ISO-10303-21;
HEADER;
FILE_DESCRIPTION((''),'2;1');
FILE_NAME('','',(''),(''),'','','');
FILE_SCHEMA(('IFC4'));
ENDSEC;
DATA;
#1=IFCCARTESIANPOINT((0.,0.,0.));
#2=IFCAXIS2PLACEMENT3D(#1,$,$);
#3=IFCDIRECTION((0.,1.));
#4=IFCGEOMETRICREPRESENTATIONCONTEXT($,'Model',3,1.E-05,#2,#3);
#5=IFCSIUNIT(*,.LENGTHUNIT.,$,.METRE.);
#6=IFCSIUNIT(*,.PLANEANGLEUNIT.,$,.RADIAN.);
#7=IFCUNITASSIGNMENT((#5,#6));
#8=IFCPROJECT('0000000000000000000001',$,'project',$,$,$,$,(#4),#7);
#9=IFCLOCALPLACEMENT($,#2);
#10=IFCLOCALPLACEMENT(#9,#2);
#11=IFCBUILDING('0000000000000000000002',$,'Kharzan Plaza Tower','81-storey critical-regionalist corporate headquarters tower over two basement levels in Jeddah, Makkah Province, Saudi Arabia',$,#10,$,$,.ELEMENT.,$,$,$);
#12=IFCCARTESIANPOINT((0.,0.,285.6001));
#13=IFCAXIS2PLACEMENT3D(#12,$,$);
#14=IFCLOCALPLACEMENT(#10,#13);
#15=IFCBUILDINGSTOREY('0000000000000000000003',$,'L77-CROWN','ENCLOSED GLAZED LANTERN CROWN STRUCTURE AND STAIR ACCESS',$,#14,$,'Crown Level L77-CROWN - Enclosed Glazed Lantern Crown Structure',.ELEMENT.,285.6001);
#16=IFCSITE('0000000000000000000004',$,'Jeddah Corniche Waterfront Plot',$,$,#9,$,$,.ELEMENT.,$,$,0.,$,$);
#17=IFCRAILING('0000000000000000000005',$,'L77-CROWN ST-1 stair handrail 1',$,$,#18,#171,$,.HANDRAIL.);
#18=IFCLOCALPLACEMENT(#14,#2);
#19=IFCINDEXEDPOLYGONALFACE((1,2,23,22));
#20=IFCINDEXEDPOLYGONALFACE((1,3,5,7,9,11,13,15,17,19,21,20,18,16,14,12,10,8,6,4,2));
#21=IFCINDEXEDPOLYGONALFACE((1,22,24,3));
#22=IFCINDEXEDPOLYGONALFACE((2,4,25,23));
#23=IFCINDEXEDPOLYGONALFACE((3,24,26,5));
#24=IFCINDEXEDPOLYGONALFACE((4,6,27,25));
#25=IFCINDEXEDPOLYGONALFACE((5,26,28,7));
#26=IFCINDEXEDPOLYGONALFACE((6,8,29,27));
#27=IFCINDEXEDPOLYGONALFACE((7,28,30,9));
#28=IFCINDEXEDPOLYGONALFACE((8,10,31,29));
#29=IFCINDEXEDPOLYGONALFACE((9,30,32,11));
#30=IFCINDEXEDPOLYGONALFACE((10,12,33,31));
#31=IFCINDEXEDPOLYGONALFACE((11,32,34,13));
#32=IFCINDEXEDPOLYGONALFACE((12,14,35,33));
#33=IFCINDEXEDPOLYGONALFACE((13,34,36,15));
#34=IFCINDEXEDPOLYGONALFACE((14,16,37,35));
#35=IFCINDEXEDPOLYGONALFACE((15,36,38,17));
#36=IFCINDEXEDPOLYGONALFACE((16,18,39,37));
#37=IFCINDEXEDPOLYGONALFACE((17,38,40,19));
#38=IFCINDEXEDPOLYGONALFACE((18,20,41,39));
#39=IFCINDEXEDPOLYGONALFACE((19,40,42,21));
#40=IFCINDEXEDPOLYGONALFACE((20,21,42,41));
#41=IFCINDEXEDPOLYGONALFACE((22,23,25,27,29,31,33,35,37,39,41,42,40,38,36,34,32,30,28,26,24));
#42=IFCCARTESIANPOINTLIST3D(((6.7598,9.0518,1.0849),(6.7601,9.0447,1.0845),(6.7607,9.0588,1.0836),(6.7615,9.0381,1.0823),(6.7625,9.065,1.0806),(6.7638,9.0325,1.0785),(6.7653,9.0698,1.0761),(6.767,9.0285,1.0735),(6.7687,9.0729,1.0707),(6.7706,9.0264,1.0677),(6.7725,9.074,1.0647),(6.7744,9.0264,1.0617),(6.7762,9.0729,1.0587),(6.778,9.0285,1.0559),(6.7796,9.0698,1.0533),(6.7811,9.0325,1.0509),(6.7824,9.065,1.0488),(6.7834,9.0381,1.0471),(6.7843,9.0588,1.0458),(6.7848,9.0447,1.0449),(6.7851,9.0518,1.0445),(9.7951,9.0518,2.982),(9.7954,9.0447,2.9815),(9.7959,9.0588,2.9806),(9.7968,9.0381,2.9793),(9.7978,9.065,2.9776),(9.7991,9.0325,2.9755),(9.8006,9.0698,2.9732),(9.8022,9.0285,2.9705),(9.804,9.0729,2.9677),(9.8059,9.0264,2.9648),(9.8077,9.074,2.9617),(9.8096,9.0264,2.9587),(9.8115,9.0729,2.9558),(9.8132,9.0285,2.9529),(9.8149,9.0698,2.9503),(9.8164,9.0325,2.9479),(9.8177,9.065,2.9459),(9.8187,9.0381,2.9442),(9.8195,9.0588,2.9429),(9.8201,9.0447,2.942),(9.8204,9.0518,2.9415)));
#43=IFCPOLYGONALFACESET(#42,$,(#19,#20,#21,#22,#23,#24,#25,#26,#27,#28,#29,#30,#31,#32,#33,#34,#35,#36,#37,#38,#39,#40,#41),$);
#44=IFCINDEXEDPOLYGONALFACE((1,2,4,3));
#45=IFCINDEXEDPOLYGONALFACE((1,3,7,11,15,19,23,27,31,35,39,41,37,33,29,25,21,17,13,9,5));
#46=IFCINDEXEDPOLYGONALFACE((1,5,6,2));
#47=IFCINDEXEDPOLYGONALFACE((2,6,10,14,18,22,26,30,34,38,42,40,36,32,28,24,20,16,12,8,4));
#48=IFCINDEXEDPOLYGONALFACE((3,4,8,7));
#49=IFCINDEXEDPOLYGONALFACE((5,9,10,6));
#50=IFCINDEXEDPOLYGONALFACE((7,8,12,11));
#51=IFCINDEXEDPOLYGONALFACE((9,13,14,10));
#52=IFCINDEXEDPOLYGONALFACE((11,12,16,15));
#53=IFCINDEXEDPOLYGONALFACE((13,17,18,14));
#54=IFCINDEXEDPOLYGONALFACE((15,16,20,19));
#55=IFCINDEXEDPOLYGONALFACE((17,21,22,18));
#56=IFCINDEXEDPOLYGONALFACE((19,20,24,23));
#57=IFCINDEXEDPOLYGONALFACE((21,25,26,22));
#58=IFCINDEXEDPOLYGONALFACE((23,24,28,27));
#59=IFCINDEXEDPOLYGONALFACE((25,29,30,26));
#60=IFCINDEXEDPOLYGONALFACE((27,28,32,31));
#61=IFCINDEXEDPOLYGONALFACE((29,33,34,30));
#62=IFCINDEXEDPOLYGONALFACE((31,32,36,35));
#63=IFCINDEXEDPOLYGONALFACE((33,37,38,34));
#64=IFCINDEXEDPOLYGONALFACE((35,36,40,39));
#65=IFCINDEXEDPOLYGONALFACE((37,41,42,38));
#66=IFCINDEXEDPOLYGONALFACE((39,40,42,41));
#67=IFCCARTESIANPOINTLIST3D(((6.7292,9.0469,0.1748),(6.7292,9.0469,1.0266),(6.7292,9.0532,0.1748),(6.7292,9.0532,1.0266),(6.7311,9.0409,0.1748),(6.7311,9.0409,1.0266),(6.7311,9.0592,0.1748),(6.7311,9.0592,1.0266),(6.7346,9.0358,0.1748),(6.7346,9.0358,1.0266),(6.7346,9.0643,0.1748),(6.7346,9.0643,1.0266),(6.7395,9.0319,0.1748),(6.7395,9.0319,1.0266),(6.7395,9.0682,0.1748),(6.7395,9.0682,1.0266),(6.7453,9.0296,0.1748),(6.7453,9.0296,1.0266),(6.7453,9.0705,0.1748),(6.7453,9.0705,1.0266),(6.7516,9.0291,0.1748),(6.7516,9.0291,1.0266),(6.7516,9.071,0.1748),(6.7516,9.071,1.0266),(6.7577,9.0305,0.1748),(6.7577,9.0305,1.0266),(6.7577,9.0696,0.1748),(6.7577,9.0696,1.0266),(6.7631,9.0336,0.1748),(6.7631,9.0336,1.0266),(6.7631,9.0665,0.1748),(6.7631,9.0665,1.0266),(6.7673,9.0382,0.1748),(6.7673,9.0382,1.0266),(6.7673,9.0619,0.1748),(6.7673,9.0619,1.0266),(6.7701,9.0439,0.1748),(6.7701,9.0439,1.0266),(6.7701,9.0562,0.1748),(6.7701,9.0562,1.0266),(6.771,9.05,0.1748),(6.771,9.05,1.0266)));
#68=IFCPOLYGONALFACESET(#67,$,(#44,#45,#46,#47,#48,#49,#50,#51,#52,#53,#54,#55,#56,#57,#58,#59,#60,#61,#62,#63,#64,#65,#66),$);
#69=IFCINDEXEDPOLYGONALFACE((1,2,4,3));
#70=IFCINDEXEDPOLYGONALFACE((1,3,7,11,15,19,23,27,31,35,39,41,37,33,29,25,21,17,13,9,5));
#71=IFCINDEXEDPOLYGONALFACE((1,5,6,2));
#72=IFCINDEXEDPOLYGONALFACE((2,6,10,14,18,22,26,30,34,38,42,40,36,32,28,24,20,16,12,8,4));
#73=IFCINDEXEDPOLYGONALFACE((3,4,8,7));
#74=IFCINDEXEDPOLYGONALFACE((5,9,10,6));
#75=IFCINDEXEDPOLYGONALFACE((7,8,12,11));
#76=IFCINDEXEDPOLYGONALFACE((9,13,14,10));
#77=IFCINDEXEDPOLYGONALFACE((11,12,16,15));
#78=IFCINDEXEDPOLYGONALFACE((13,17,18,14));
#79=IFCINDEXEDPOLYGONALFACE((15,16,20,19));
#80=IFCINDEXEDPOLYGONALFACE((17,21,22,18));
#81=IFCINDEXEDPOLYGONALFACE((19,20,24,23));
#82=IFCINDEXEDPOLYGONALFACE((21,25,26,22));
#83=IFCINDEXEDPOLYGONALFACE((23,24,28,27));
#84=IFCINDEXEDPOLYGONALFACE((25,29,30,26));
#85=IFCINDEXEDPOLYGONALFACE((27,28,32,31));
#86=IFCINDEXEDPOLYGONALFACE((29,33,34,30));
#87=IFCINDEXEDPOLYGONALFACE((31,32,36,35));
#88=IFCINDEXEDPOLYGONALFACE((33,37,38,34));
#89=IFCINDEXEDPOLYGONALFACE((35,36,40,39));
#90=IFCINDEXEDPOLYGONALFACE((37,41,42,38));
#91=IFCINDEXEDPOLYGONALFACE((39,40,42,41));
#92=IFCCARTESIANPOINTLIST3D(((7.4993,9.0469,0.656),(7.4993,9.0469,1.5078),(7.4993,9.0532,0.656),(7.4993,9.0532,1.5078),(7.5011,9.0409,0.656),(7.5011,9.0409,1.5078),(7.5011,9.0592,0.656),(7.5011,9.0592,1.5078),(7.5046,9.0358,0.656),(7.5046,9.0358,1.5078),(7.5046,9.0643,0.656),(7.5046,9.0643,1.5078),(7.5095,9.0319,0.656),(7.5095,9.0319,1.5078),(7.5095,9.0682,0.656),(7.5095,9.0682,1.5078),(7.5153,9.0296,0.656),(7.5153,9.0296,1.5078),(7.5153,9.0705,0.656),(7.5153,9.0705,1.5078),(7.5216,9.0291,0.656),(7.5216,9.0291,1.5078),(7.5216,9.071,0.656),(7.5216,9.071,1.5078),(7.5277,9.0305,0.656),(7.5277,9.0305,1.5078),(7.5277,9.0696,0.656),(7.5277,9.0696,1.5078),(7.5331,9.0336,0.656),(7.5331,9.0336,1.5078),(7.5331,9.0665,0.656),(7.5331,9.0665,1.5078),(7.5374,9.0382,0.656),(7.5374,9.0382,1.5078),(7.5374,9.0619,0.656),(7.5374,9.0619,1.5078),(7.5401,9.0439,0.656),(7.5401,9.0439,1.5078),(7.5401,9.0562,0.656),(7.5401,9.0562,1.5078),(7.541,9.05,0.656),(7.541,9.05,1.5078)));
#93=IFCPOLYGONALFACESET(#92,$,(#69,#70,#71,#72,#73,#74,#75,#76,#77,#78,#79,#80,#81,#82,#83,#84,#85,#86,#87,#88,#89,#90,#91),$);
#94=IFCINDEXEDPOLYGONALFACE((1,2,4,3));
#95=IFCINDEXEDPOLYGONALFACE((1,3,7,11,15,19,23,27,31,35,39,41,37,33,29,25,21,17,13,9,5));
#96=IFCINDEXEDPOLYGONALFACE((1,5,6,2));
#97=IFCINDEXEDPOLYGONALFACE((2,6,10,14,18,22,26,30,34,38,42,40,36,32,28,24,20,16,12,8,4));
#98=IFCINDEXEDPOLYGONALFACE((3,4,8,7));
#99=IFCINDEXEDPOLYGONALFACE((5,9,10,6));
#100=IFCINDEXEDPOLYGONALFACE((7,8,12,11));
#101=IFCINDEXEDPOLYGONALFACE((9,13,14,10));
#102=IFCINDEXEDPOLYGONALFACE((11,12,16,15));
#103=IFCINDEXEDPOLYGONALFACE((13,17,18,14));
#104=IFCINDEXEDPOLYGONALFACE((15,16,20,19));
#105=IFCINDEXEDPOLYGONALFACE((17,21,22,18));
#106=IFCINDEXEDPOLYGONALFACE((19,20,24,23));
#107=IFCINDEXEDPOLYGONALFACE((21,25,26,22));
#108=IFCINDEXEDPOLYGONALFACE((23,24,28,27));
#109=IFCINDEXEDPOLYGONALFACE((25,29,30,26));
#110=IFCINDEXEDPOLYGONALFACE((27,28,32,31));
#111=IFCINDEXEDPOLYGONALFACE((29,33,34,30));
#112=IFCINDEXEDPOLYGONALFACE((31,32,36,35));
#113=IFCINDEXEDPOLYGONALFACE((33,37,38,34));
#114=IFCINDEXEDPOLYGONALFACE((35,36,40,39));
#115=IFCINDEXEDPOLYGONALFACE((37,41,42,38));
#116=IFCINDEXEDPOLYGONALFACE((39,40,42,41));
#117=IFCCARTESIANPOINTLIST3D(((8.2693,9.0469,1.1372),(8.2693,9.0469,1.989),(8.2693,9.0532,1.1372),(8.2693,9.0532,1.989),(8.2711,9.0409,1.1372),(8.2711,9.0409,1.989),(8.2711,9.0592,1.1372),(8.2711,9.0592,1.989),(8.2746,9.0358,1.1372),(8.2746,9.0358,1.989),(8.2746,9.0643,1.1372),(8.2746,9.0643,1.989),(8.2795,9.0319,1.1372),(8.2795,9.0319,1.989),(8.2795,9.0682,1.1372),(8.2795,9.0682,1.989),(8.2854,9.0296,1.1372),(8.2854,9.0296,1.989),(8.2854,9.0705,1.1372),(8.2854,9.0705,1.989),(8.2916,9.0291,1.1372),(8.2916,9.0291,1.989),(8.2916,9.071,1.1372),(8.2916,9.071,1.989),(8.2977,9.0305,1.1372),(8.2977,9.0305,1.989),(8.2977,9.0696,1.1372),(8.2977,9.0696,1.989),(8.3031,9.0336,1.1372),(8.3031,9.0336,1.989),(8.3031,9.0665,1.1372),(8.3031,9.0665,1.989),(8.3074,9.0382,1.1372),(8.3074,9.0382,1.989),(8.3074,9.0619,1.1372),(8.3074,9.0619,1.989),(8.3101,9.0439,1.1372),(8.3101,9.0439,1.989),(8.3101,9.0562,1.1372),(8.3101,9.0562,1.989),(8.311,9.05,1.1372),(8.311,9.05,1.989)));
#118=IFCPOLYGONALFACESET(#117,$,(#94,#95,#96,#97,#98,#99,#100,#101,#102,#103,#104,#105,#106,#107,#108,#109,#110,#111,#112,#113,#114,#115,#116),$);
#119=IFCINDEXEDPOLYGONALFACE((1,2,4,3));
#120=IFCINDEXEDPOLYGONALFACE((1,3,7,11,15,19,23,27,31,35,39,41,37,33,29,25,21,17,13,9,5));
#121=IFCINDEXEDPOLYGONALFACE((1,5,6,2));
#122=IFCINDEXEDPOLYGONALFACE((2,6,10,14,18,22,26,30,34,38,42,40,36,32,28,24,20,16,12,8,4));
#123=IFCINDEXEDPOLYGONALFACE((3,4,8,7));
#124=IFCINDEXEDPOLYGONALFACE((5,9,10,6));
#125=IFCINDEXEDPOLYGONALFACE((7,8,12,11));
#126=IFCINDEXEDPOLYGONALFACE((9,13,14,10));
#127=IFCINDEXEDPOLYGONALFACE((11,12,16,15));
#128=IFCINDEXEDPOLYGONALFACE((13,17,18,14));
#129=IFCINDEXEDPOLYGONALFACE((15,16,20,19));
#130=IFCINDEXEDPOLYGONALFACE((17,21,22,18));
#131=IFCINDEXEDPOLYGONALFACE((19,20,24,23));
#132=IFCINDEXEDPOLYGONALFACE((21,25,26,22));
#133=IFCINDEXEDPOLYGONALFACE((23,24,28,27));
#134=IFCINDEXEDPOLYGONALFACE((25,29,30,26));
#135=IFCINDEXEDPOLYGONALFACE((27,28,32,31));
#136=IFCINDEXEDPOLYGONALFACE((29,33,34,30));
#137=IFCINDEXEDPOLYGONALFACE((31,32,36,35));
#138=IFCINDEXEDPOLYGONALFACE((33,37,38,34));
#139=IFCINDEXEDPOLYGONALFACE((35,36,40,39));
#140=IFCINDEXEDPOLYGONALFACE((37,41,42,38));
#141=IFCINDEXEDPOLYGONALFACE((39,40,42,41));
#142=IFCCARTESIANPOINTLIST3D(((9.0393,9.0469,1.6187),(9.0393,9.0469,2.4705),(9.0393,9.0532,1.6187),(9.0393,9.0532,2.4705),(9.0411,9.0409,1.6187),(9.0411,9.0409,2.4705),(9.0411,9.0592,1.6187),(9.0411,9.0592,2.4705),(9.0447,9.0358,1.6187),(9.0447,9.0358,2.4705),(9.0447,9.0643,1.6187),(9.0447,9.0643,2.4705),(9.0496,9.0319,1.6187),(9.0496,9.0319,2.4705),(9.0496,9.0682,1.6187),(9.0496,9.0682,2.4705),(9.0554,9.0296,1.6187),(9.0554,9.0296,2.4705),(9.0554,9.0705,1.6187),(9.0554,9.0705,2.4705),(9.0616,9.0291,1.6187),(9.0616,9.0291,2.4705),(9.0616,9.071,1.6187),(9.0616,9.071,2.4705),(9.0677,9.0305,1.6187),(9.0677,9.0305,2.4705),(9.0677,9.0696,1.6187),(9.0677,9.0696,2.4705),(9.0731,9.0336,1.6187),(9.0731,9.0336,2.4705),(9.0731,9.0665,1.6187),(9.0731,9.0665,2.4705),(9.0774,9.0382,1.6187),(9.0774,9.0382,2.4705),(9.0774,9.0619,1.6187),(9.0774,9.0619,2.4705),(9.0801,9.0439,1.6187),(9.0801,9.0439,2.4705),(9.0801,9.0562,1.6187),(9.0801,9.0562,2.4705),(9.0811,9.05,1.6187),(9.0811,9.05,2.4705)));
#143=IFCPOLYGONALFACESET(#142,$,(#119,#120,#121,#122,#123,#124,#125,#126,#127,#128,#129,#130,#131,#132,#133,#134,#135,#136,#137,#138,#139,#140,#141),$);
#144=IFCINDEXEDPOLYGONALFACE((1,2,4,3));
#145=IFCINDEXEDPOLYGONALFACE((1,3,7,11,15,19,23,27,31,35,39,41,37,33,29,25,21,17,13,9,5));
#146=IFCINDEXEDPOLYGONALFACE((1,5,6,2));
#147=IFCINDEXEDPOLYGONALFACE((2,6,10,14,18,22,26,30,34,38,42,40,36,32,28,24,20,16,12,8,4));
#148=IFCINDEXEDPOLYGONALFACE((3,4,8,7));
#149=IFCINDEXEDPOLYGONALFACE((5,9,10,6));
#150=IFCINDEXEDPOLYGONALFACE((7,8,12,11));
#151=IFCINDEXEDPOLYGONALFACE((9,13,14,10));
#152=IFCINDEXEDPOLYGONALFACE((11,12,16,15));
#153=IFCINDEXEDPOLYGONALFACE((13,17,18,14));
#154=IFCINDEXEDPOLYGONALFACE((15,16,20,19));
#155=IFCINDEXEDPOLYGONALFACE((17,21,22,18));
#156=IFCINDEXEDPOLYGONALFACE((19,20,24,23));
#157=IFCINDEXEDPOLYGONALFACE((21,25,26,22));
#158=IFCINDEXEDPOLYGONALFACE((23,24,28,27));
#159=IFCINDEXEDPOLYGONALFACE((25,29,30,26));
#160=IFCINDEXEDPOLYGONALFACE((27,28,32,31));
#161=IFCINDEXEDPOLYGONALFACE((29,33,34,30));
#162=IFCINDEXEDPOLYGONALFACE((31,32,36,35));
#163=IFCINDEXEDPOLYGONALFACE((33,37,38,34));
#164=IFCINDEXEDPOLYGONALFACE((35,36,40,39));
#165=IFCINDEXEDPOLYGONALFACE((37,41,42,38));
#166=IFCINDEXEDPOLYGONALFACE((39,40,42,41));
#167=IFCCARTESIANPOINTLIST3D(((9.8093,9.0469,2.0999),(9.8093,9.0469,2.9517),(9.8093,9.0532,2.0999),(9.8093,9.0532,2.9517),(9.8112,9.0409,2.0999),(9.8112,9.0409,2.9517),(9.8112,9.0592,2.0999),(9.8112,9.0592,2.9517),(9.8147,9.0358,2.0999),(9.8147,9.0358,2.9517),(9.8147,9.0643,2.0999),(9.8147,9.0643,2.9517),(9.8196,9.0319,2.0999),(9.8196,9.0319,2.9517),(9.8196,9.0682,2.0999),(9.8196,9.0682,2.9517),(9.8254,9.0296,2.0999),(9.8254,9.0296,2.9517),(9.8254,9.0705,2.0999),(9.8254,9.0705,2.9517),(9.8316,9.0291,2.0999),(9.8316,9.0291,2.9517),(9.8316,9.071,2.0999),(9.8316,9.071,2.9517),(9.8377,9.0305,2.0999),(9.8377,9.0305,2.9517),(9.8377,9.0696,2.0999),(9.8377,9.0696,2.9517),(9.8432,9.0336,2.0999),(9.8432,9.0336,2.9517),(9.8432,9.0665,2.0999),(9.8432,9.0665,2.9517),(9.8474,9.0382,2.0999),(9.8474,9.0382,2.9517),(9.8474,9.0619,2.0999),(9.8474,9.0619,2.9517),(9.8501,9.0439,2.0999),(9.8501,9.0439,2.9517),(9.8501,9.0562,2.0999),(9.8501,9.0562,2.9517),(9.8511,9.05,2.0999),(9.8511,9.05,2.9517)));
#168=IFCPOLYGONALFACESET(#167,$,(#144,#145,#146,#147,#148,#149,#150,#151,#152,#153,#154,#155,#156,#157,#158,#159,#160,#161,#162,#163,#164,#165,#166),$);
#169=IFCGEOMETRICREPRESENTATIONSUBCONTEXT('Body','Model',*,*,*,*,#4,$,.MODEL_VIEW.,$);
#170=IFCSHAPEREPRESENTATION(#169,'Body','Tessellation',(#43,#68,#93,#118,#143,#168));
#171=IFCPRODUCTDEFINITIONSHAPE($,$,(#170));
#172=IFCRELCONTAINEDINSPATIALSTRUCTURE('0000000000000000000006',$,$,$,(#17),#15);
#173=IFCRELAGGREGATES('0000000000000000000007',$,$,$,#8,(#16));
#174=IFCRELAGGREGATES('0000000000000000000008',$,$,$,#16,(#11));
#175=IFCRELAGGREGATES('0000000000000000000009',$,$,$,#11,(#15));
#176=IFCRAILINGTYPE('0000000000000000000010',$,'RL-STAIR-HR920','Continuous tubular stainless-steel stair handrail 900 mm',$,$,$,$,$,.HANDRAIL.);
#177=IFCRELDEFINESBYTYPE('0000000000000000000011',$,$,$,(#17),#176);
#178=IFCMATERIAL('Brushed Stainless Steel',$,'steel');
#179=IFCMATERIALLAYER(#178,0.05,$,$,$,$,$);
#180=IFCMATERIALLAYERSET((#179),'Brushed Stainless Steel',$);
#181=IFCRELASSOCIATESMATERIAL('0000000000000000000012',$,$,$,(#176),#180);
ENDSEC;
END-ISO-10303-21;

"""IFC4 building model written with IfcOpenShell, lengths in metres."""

from ifc_helpers import new_model, si_unit, direction, frame, origin, origin_2d, place, context, subcontext, project, spatial, circle, extrude, source, transform, mapped, material, layer, layer_set, type_object, element, save


model = new_model("IFC4")

# Units and contexts
model_context = context("Model", 3, precision=1e-05, world=origin(), true_north=direction((0.0, 1.0)))
body_context = subcontext(model_context, "Body", "Model", "MODEL_VIEW")
ifc_project = project(units=[si_unit("LENGTHUNIT", "METRE"), si_unit("PLANEANGLEUNIT", "RADIAN")], contexts=[model_context])

# Site, building, storey
site_placement = place(None, origin())
site = spatial("IfcSite", under=ifc_project, at=site_placement, Name="Jeddah Corniche Waterfront Plot", CompositionType="ELEMENT", RefElevation=0.0)
building_placement = place(site_placement, origin())
building = spatial("IfcBuilding", under=site, at=building_placement, Name="Kharzan Plaza Tower", Description="81-storey critical-regionalist corporate headquarters tower over two basement levels in Jeddah, Makkah Province, Saudi Arabia", CompositionType="ELEMENT")
storey_placement = place(building_placement, frame((0.0, 0.0, 285.6001)))
storey = spatial("IfcBuildingStorey", under=building, at=storey_placement, Name="L77-CROWN", Description="ENCLOSED GLAZED LANTERN CROWN STRUCTURE AND STAIR ACCESS", LongName="Crown Level L77-CROWN - Enclosed Glazed Lantern Crown Structure", CompositionType="ELEMENT", Elevation=285.6001)

# Shared definitions
ifc_material_1 = material(Name="Brushed Stainless Steel", Category="steel")

# Railing
ifc_layer_1 = layer(ifc_material_1, 0.05)
ifc_layer_set_1 = layer_set([ifc_layer_1], Name="Brushed Stainless Steel")
railing_type_1 = type_object("IfcRailingType", Name="RL-STAIR-HR920", Description="Continuous tubular stainless-steel stair handrail 900 mm", PredefinedType="HANDRAIL", material=ifc_layer_set_1)
shared_shape_1 = source(origin(), body_context, "Body", "SweptSolid", [
    extrude(circle(Radius=0.0239, at=origin_2d()), frame((0.0225, 0.0, 0.8899), z_axis=(0.847998, 0.0, 0.529999), x_axis=(0.0, 1.0, 0.0)), (0.0, 0.0, 1.0), 3.5793),
    extrude(circle(Radius=0.021, at=origin_2d()), origin(), (0.0, 0.0, 1.0), 0.8518),
    extrude(circle(Radius=0.021, at=origin_2d()), frame((0.77, 0.0, 0.4812)), (0.0, 0.0, 1.0), 0.8518),
    extrude(circle(Radius=0.021, at=origin_2d()), frame((1.54, 0.0, 0.9624)), (0.0, 0.0, 1.0), 0.8518),
    extrude(circle(Radius=0.021, at=origin_2d()), frame((2.3101, 0.0, 1.4438)), (0.0, 0.0, 1.0), 0.8518),
    extrude(circle(Radius=0.021, at=origin_2d()), frame((3.0801, 0.0, 1.925)), (0.0, 0.0, 1.0), 0.8518),
])
railing_1_placement = place(storey_placement, frame((6.75, 9.05, 0.1748)))
element("IfcRailing", 1, at=railing_1_placement, inside=storey, type_object=railing_type_1, Name="L77-CROWN ST-1 stair handrail 1", PredefinedType="HANDRAIL", context=body_context, shape_type="MappedRepresentation", body=[
    mapped(shared_shape_1, transform((0.0, 0.0, 0.0), x_axis=(1.0, 0.0, 0.0), y_axis=(0.0, 1.0, 0.0), z_axis=(0.0, 0.0, 1.0))),
])

save(model, "model.ifc")
